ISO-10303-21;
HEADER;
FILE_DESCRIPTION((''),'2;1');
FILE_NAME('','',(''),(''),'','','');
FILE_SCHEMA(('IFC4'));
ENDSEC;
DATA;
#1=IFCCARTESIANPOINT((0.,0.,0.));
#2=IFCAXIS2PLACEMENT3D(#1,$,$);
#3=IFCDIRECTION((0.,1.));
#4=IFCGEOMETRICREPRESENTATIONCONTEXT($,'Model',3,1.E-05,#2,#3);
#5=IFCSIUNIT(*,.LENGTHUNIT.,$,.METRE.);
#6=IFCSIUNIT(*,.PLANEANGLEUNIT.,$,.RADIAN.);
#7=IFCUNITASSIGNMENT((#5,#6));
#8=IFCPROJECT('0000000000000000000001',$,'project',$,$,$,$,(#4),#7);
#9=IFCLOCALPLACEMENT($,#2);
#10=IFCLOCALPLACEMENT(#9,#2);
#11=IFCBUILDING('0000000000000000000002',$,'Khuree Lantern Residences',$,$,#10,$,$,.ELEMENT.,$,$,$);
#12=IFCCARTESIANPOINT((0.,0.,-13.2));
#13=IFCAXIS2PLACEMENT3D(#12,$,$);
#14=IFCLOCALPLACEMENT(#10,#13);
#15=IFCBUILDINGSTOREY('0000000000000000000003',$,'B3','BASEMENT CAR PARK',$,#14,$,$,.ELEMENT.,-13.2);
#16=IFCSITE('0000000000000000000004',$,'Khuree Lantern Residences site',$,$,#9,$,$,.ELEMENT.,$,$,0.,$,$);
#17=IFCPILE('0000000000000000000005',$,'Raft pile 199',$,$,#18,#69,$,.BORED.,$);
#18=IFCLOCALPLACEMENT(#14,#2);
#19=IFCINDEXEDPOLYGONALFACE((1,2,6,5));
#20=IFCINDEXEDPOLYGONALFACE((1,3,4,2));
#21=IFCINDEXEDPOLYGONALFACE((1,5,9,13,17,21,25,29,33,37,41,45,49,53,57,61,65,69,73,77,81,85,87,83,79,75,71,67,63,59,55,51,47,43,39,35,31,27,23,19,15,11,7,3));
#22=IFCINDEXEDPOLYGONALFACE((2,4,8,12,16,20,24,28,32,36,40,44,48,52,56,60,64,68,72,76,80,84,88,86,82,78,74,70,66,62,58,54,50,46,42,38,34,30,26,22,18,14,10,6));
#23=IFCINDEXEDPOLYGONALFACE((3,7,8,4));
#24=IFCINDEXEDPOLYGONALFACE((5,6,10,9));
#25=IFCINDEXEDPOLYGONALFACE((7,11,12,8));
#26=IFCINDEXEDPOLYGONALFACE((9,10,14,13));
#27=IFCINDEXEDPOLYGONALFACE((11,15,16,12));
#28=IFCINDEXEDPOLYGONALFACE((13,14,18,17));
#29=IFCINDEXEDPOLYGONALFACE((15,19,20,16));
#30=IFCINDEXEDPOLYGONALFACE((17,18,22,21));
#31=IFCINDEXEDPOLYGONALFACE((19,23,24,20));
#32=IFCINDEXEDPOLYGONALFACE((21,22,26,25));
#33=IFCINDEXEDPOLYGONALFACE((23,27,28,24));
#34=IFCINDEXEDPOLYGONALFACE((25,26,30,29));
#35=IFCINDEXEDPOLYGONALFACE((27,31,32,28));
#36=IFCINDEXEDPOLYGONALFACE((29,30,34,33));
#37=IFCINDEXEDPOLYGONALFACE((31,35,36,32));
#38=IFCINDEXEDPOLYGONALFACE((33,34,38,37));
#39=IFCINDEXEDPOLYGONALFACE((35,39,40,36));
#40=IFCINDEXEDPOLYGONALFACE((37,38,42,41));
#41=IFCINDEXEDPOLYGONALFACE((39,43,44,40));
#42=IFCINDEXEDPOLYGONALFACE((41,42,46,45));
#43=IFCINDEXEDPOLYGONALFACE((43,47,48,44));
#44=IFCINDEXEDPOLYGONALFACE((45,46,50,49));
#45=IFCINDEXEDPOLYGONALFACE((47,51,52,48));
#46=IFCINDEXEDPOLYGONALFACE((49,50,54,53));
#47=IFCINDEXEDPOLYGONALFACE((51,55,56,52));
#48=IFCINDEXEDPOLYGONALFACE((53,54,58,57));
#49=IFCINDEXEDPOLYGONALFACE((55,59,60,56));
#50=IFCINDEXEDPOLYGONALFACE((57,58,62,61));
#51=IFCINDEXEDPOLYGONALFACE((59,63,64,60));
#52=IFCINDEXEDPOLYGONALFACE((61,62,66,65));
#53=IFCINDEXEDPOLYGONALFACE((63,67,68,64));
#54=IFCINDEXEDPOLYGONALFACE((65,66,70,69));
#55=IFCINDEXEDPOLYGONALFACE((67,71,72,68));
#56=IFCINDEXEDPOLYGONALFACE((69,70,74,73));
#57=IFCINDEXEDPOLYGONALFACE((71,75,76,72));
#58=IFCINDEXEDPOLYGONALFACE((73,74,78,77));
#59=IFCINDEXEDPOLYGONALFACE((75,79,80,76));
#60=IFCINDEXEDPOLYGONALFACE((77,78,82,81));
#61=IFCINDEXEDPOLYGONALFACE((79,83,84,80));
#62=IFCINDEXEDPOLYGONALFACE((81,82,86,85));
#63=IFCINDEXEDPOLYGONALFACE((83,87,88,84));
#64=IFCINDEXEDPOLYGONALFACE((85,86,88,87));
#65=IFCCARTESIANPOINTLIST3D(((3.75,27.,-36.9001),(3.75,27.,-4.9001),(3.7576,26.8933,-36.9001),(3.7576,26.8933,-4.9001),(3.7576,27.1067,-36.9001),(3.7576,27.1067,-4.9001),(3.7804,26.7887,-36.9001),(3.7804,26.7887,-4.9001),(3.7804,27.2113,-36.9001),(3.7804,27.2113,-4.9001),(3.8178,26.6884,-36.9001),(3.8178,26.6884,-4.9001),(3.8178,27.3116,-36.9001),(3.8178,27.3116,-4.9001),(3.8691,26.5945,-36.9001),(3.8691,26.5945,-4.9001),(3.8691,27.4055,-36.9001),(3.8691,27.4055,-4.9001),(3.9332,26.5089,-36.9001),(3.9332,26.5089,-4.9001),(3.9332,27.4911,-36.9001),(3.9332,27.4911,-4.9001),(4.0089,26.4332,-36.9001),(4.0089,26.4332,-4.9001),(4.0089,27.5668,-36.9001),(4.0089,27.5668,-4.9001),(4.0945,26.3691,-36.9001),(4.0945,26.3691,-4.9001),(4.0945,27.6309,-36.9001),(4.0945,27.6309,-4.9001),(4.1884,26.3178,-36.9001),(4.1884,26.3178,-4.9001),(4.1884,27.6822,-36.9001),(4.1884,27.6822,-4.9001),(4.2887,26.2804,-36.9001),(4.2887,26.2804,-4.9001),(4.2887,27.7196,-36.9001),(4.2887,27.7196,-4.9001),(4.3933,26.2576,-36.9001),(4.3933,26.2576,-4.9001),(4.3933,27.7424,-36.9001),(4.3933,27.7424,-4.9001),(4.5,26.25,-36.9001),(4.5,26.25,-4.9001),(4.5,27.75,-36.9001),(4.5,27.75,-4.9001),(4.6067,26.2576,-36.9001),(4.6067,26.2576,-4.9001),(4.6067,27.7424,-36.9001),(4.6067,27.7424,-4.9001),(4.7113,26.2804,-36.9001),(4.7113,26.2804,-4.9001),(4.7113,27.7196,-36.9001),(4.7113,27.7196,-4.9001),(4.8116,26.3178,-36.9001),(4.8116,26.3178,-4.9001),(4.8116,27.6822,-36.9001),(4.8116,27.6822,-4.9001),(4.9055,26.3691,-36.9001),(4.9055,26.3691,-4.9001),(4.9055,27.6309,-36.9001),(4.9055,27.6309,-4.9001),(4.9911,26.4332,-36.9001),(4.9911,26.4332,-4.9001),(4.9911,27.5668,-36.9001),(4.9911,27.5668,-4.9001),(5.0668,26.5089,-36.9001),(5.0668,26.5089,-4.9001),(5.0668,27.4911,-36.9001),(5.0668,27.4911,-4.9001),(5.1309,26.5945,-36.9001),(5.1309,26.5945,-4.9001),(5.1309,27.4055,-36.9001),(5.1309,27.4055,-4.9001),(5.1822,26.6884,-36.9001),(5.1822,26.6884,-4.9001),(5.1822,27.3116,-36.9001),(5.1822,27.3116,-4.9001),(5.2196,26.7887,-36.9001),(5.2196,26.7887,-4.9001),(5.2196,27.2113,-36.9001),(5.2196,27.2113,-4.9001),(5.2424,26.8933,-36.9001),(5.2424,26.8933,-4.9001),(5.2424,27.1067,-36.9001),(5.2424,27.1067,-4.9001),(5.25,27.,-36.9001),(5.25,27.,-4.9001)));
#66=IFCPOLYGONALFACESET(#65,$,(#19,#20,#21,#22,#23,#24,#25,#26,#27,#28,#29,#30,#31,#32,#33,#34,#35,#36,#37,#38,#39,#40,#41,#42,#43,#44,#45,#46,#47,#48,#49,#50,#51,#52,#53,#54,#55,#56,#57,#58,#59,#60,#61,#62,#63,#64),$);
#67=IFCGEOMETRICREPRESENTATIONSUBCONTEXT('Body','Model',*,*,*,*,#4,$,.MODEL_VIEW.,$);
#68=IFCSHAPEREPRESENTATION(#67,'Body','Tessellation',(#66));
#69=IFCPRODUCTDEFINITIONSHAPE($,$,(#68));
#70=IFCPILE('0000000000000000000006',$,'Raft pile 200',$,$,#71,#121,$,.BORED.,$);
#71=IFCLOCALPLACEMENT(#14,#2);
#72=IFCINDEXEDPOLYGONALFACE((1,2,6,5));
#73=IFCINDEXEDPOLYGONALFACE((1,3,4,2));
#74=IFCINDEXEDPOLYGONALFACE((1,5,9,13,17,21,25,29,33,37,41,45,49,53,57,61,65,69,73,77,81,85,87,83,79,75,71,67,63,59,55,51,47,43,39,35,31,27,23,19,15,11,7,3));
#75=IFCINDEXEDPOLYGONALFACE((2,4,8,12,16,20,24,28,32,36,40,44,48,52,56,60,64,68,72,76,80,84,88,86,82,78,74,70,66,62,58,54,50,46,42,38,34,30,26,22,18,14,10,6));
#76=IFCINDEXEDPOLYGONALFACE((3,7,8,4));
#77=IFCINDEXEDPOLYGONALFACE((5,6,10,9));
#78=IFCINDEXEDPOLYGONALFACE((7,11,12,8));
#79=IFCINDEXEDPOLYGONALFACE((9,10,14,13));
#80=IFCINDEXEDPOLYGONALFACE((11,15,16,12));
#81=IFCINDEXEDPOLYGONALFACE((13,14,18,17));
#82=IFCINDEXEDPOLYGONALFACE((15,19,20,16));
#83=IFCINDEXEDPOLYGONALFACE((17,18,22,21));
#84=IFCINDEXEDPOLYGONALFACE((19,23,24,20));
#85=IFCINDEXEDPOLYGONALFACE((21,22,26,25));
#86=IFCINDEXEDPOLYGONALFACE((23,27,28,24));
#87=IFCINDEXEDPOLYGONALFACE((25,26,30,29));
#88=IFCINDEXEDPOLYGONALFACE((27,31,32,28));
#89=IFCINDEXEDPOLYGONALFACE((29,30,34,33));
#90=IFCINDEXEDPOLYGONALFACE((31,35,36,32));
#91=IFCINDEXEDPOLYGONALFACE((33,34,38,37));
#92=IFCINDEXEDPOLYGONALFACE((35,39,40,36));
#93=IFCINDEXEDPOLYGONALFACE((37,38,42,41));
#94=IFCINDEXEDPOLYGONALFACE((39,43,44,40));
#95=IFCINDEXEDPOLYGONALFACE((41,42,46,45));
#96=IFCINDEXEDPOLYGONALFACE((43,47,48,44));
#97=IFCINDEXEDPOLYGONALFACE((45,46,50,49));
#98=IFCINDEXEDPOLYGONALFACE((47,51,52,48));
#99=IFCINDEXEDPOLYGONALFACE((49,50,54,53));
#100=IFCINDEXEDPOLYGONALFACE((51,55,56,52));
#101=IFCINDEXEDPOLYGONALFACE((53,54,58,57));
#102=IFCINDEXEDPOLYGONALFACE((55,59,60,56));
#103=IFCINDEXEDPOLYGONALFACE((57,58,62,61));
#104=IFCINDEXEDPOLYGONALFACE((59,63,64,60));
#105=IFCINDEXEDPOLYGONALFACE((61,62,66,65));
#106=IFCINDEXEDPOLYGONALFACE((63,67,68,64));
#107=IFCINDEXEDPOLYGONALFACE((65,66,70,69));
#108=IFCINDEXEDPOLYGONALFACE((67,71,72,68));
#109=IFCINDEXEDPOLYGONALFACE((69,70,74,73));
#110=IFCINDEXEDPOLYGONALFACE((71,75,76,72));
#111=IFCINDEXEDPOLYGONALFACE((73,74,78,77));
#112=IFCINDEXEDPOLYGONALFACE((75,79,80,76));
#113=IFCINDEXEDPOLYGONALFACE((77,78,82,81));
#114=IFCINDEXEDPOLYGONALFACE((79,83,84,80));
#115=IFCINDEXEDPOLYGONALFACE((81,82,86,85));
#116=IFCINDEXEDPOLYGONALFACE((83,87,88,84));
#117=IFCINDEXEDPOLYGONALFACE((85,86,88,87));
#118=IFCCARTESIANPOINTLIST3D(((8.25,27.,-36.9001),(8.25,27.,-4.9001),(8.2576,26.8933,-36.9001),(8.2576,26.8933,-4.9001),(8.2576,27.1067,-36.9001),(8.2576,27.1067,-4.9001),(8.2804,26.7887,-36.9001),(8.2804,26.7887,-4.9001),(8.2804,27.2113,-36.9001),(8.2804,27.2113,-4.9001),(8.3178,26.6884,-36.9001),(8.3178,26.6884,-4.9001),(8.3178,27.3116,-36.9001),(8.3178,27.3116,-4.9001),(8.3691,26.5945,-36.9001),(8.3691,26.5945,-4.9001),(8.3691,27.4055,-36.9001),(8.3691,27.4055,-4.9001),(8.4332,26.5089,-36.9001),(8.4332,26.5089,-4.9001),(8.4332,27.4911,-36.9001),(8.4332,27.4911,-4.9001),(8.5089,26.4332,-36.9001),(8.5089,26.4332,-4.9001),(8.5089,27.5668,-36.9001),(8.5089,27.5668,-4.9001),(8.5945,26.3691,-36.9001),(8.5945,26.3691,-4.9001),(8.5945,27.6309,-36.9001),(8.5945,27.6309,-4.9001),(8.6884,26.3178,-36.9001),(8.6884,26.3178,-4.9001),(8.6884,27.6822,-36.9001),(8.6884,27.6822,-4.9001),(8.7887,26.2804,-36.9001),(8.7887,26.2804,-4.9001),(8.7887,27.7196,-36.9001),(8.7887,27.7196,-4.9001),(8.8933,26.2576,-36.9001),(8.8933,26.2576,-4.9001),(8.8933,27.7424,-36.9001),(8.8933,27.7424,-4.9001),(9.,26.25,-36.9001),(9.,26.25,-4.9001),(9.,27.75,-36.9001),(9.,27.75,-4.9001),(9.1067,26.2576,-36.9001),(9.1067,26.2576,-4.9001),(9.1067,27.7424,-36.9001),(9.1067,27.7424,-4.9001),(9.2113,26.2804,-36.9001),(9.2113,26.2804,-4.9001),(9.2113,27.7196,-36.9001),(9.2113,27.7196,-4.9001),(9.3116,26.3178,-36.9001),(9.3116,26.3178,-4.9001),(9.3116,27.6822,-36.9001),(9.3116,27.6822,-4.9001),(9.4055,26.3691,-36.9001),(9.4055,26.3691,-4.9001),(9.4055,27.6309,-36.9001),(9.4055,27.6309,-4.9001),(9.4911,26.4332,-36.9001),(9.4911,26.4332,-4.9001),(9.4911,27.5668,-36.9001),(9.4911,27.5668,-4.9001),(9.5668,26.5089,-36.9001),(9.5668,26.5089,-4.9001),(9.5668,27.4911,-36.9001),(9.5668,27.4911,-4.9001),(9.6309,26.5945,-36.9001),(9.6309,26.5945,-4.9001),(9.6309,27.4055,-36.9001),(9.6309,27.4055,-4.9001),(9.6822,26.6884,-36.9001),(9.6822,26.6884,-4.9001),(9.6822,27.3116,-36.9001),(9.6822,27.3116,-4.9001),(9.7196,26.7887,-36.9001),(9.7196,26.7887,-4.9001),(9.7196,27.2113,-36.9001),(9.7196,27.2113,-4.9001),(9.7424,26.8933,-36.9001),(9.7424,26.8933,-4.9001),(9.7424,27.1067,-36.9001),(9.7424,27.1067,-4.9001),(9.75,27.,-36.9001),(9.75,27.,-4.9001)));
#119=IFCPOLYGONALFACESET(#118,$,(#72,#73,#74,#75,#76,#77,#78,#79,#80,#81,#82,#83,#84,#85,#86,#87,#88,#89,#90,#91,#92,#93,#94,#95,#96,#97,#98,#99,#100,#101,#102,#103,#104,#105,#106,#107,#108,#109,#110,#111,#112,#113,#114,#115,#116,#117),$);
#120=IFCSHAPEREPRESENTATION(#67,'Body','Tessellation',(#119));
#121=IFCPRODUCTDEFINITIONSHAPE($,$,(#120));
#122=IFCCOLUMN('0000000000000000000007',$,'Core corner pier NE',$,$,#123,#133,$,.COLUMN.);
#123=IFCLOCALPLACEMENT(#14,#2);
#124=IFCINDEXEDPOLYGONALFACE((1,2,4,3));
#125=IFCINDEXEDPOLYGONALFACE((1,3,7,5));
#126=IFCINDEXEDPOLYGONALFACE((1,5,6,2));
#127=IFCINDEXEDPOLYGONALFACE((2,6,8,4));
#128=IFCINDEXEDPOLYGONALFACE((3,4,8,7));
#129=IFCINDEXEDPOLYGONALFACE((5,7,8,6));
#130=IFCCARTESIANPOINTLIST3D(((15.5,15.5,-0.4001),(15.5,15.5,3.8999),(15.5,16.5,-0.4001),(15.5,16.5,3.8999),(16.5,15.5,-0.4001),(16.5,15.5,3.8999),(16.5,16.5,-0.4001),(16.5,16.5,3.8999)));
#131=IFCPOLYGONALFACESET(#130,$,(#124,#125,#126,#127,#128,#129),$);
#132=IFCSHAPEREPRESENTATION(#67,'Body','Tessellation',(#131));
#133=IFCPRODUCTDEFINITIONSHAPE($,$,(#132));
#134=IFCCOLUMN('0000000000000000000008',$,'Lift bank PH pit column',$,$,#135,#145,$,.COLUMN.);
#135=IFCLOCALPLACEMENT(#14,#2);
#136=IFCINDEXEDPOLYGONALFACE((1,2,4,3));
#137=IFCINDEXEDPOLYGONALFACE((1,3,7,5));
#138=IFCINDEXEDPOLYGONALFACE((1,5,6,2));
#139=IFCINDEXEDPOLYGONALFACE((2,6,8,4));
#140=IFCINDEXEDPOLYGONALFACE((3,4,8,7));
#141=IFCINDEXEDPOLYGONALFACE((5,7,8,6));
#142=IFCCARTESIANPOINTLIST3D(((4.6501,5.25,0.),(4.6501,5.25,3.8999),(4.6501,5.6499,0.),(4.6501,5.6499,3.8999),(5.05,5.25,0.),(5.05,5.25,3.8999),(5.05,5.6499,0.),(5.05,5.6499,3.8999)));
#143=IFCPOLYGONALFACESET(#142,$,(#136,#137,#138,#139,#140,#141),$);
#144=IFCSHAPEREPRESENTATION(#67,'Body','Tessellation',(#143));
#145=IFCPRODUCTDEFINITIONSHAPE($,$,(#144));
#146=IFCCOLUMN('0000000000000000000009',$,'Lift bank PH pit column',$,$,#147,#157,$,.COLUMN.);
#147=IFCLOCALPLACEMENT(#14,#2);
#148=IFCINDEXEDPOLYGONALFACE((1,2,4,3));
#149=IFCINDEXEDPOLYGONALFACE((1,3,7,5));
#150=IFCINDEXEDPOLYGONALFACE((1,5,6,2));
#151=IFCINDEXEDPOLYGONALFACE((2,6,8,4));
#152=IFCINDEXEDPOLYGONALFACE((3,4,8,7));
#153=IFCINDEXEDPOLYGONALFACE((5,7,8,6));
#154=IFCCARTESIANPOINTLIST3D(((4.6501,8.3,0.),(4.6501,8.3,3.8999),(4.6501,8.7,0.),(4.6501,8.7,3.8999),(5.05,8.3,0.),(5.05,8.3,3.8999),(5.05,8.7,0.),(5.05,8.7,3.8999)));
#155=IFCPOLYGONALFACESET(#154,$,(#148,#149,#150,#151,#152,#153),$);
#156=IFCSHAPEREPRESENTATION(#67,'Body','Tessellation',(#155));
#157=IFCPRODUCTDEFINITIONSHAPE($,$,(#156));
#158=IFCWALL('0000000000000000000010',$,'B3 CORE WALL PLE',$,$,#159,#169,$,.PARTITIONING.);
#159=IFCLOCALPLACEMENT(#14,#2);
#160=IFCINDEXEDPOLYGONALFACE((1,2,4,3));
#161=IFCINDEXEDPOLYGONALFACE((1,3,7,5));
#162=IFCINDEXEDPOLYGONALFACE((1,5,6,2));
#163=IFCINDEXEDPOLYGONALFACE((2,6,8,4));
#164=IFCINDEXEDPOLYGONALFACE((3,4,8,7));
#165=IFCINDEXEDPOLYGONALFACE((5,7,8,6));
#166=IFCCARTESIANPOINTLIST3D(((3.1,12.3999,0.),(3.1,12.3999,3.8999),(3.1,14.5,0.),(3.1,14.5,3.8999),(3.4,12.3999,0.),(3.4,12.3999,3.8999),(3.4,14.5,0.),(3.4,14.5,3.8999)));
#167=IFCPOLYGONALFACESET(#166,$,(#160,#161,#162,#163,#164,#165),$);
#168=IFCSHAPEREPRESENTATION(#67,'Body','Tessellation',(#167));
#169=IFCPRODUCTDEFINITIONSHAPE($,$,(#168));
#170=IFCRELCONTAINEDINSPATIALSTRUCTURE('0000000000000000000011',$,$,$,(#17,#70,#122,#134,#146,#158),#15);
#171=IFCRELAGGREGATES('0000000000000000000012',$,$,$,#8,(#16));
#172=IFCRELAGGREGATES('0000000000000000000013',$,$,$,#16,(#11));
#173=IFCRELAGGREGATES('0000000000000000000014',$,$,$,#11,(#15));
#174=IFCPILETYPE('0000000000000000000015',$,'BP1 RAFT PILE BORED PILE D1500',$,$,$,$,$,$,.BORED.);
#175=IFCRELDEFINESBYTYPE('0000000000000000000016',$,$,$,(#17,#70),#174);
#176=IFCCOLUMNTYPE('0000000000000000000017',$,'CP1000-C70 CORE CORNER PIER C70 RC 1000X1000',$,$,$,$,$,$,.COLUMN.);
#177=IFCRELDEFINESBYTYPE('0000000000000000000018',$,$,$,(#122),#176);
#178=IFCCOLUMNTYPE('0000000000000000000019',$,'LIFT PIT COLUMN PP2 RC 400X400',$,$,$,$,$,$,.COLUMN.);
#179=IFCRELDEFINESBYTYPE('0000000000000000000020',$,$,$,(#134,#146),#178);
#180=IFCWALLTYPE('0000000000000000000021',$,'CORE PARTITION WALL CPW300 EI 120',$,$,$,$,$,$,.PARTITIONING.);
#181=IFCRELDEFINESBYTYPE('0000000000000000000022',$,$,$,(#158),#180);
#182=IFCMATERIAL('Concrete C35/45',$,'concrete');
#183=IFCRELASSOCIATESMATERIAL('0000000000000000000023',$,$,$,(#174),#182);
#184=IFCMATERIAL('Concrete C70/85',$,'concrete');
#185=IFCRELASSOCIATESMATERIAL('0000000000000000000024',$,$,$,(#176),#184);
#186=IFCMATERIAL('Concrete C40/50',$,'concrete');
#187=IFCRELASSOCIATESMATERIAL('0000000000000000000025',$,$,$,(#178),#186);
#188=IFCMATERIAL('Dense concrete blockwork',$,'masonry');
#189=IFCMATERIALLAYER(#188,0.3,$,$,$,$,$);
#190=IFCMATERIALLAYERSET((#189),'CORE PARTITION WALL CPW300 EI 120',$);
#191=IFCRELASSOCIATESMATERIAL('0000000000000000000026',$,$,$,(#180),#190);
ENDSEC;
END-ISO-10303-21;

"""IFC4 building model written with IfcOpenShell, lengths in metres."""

from ifc_helpers import new_model, si_unit, direction, frame, frame_2d, origin, origin_2d, place, context, subcontext, project, spatial, rectangle, circle, extrude, material, layer, layer_set, material_profile, profile_set, type_object, element, save


model = new_model("IFC4")

# Units and contexts
model_context = context("Model", 3, precision=1e-05, world=origin(), true_north=direction((0.0, 1.0)))
body_context = subcontext(model_context, "Body", "Model", "MODEL_VIEW")
ifc_project = project(units=[si_unit("LENGTHUNIT", "METRE"), si_unit("PLANEANGLEUNIT", "RADIAN")], contexts=[model_context])

# Site, building, storey
site_placement = place(None, origin())
site = spatial("IfcSite", under=ifc_project, at=site_placement, Name="Khuree Lantern Residences site", CompositionType="ELEMENT", RefElevation=0.0)
building_placement = place(site_placement, origin())
building = spatial("IfcBuilding", under=site, at=building_placement, Name="Khuree Lantern Residences", CompositionType="ELEMENT")
storey_placement = place(building_placement, frame((0.0, 0.0, -13.2)))
storey = spatial("IfcBuildingStorey", under=building, at=storey_placement, Name="B3", Description="BASEMENT CAR PARK", CompositionType="ELEMENT", Elevation=-13.2)

# Piles
ifc_material_1 = material(Name="Concrete C35/45", Category="concrete")
ifc_material_profile_1 = material_profile(ifc_material_1, circle(Radius=0.75, at=origin_2d()), Name="BORED PILE D1500")
ifc_profile_set_1 = profile_set([ifc_material_profile_1], Name="Concrete C35/45")
pile_type = type_object("IfcPileType", Name="BP1 RAFT PILE BORED PILE D1500", PredefinedType="BORED", material=ifc_profile_set_1)
for number, where, z_axis, x_axis, name in (
    (1, (4.5, 27.0, -4.9001), (0.0, 0.0, -1.0), (1.0, 0.0, 0.0), "Raft pile 199"),
    (2, (9.0, 27.0, -4.9001), (0.0, 0.0, -1.0), (1.0, 0.0, 0.0), "Raft pile 200"),
):
    element("IfcPile", number, at=place(storey_placement, frame(where, z_axis=z_axis, x_axis=x_axis)), inside=storey, type_object=pile_type, Name=name, PredefinedType="BORED", context=body_context, shape_type="SweptSolid", body=[
        extrude(circle(Radius=0.75, at=origin_2d()), origin(), (0.0, 0.0, 1.0), 32.0),
    ])

# Columns
ifc_material_2 = material(Name="Concrete C70/85", Category="concrete")
ifc_material_profile_2 = material_profile(ifc_material_2, rectangle(XDim=1.0, YDim=1.0, at=origin_2d()), Name="RC 1000X1000")
ifc_profile_set_2 = profile_set([ifc_material_profile_2], Name="Concrete C70/85")
column_type_1 = type_object("IfcColumnType", Name="CP1000-C70 CORE CORNER PIER C70 RC 1000X1000", PredefinedType="COLUMN", material=ifc_profile_set_2)
column_placement = place(storey_placement, frame((16.0, 16.0, -0.4001), z_axis=(0.0, 0.0, 1.0), x_axis=(1.0, 0.0, 0.0)))
element("IfcColumn", 3, at=column_placement, inside=storey, type_object=column_type_1, Name="Core corner pier NE", PredefinedType="COLUMN", context=body_context, shape_type="SweptSolid", body=[
    extrude(rectangle(XDim=1.0, YDim=1.0, at=origin_2d()), origin(), (0.0, 0.0, 1.0), 4.3),
])
ifc_material_3 = material(Name="Concrete C40/50", Category="concrete")
ifc_material_profile_3 = material_profile(ifc_material_3, rectangle(XDim=0.3999, YDim=0.3999, at=origin_2d()), Name="RC 400X400")
ifc_profile_set_3 = profile_set([ifc_material_profile_3], Name="Concrete C40/50")
column_type_2 = type_object("IfcColumnType", Name="LIFT PIT COLUMN PP2 RC 400X400", PredefinedType="COLUMN", material=ifc_profile_set_3)
for number, where, z_axis, x_axis, name in (
    (4, (4.8501, 5.45, 0.0), (0.0, 0.0, 1.0), (1.0, 0.0, 0.0), "Lift bank PH pit column"),
    (5, (4.8501, 8.5, 0.0), (0.0, 0.0, 1.0), (1.0, 0.0, 0.0), "Lift bank PH pit column"),
):
    element("IfcColumn", number, at=place(storey_placement, frame(where, z_axis=z_axis, x_axis=x_axis)), inside=storey, type_object=column_type_2, Name=name, PredefinedType="COLUMN", context=body_context, shape_type="SweptSolid", body=[
        extrude(rectangle(XDim=0.3999, YDim=0.3999, at=origin_2d()), origin(), (0.0, 0.0, 1.0), 3.8999),
    ])

# Wall
ifc_material_4 = material(Name="Dense concrete blockwork", Category="masonry")
ifc_layer_1 = layer(ifc_material_4, 0.3)
ifc_layer_set_1 = layer_set([ifc_layer_1], Name="CORE PARTITION WALL CPW300 EI 120")
wall_type_1 = type_object("IfcWallType", Name="CORE PARTITION WALL CPW300 EI 120", PredefinedType="PARTITIONING", material=ifc_layer_set_1)
wall_1_placement = place(storey_placement, frame((3.25, 12.3999, 0.0), z_axis=(0.0, 0.0, 1.0), x_axis=(0.0, 1.0, 0.0)))
element("IfcWall", 6, at=wall_1_placement, inside=storey, type_object=wall_type_1, Name="B3 CORE WALL PLE", PredefinedType="PARTITIONING", context=body_context, shape_type="SweptSolid", body=[
    extrude(rectangle(XDim=2.1001, YDim=0.3, at=frame_2d((1.05, 0.0))), origin(), (0.0, 0.0, 1.0), 3.8999),
])

save(model, "model.ifc")
